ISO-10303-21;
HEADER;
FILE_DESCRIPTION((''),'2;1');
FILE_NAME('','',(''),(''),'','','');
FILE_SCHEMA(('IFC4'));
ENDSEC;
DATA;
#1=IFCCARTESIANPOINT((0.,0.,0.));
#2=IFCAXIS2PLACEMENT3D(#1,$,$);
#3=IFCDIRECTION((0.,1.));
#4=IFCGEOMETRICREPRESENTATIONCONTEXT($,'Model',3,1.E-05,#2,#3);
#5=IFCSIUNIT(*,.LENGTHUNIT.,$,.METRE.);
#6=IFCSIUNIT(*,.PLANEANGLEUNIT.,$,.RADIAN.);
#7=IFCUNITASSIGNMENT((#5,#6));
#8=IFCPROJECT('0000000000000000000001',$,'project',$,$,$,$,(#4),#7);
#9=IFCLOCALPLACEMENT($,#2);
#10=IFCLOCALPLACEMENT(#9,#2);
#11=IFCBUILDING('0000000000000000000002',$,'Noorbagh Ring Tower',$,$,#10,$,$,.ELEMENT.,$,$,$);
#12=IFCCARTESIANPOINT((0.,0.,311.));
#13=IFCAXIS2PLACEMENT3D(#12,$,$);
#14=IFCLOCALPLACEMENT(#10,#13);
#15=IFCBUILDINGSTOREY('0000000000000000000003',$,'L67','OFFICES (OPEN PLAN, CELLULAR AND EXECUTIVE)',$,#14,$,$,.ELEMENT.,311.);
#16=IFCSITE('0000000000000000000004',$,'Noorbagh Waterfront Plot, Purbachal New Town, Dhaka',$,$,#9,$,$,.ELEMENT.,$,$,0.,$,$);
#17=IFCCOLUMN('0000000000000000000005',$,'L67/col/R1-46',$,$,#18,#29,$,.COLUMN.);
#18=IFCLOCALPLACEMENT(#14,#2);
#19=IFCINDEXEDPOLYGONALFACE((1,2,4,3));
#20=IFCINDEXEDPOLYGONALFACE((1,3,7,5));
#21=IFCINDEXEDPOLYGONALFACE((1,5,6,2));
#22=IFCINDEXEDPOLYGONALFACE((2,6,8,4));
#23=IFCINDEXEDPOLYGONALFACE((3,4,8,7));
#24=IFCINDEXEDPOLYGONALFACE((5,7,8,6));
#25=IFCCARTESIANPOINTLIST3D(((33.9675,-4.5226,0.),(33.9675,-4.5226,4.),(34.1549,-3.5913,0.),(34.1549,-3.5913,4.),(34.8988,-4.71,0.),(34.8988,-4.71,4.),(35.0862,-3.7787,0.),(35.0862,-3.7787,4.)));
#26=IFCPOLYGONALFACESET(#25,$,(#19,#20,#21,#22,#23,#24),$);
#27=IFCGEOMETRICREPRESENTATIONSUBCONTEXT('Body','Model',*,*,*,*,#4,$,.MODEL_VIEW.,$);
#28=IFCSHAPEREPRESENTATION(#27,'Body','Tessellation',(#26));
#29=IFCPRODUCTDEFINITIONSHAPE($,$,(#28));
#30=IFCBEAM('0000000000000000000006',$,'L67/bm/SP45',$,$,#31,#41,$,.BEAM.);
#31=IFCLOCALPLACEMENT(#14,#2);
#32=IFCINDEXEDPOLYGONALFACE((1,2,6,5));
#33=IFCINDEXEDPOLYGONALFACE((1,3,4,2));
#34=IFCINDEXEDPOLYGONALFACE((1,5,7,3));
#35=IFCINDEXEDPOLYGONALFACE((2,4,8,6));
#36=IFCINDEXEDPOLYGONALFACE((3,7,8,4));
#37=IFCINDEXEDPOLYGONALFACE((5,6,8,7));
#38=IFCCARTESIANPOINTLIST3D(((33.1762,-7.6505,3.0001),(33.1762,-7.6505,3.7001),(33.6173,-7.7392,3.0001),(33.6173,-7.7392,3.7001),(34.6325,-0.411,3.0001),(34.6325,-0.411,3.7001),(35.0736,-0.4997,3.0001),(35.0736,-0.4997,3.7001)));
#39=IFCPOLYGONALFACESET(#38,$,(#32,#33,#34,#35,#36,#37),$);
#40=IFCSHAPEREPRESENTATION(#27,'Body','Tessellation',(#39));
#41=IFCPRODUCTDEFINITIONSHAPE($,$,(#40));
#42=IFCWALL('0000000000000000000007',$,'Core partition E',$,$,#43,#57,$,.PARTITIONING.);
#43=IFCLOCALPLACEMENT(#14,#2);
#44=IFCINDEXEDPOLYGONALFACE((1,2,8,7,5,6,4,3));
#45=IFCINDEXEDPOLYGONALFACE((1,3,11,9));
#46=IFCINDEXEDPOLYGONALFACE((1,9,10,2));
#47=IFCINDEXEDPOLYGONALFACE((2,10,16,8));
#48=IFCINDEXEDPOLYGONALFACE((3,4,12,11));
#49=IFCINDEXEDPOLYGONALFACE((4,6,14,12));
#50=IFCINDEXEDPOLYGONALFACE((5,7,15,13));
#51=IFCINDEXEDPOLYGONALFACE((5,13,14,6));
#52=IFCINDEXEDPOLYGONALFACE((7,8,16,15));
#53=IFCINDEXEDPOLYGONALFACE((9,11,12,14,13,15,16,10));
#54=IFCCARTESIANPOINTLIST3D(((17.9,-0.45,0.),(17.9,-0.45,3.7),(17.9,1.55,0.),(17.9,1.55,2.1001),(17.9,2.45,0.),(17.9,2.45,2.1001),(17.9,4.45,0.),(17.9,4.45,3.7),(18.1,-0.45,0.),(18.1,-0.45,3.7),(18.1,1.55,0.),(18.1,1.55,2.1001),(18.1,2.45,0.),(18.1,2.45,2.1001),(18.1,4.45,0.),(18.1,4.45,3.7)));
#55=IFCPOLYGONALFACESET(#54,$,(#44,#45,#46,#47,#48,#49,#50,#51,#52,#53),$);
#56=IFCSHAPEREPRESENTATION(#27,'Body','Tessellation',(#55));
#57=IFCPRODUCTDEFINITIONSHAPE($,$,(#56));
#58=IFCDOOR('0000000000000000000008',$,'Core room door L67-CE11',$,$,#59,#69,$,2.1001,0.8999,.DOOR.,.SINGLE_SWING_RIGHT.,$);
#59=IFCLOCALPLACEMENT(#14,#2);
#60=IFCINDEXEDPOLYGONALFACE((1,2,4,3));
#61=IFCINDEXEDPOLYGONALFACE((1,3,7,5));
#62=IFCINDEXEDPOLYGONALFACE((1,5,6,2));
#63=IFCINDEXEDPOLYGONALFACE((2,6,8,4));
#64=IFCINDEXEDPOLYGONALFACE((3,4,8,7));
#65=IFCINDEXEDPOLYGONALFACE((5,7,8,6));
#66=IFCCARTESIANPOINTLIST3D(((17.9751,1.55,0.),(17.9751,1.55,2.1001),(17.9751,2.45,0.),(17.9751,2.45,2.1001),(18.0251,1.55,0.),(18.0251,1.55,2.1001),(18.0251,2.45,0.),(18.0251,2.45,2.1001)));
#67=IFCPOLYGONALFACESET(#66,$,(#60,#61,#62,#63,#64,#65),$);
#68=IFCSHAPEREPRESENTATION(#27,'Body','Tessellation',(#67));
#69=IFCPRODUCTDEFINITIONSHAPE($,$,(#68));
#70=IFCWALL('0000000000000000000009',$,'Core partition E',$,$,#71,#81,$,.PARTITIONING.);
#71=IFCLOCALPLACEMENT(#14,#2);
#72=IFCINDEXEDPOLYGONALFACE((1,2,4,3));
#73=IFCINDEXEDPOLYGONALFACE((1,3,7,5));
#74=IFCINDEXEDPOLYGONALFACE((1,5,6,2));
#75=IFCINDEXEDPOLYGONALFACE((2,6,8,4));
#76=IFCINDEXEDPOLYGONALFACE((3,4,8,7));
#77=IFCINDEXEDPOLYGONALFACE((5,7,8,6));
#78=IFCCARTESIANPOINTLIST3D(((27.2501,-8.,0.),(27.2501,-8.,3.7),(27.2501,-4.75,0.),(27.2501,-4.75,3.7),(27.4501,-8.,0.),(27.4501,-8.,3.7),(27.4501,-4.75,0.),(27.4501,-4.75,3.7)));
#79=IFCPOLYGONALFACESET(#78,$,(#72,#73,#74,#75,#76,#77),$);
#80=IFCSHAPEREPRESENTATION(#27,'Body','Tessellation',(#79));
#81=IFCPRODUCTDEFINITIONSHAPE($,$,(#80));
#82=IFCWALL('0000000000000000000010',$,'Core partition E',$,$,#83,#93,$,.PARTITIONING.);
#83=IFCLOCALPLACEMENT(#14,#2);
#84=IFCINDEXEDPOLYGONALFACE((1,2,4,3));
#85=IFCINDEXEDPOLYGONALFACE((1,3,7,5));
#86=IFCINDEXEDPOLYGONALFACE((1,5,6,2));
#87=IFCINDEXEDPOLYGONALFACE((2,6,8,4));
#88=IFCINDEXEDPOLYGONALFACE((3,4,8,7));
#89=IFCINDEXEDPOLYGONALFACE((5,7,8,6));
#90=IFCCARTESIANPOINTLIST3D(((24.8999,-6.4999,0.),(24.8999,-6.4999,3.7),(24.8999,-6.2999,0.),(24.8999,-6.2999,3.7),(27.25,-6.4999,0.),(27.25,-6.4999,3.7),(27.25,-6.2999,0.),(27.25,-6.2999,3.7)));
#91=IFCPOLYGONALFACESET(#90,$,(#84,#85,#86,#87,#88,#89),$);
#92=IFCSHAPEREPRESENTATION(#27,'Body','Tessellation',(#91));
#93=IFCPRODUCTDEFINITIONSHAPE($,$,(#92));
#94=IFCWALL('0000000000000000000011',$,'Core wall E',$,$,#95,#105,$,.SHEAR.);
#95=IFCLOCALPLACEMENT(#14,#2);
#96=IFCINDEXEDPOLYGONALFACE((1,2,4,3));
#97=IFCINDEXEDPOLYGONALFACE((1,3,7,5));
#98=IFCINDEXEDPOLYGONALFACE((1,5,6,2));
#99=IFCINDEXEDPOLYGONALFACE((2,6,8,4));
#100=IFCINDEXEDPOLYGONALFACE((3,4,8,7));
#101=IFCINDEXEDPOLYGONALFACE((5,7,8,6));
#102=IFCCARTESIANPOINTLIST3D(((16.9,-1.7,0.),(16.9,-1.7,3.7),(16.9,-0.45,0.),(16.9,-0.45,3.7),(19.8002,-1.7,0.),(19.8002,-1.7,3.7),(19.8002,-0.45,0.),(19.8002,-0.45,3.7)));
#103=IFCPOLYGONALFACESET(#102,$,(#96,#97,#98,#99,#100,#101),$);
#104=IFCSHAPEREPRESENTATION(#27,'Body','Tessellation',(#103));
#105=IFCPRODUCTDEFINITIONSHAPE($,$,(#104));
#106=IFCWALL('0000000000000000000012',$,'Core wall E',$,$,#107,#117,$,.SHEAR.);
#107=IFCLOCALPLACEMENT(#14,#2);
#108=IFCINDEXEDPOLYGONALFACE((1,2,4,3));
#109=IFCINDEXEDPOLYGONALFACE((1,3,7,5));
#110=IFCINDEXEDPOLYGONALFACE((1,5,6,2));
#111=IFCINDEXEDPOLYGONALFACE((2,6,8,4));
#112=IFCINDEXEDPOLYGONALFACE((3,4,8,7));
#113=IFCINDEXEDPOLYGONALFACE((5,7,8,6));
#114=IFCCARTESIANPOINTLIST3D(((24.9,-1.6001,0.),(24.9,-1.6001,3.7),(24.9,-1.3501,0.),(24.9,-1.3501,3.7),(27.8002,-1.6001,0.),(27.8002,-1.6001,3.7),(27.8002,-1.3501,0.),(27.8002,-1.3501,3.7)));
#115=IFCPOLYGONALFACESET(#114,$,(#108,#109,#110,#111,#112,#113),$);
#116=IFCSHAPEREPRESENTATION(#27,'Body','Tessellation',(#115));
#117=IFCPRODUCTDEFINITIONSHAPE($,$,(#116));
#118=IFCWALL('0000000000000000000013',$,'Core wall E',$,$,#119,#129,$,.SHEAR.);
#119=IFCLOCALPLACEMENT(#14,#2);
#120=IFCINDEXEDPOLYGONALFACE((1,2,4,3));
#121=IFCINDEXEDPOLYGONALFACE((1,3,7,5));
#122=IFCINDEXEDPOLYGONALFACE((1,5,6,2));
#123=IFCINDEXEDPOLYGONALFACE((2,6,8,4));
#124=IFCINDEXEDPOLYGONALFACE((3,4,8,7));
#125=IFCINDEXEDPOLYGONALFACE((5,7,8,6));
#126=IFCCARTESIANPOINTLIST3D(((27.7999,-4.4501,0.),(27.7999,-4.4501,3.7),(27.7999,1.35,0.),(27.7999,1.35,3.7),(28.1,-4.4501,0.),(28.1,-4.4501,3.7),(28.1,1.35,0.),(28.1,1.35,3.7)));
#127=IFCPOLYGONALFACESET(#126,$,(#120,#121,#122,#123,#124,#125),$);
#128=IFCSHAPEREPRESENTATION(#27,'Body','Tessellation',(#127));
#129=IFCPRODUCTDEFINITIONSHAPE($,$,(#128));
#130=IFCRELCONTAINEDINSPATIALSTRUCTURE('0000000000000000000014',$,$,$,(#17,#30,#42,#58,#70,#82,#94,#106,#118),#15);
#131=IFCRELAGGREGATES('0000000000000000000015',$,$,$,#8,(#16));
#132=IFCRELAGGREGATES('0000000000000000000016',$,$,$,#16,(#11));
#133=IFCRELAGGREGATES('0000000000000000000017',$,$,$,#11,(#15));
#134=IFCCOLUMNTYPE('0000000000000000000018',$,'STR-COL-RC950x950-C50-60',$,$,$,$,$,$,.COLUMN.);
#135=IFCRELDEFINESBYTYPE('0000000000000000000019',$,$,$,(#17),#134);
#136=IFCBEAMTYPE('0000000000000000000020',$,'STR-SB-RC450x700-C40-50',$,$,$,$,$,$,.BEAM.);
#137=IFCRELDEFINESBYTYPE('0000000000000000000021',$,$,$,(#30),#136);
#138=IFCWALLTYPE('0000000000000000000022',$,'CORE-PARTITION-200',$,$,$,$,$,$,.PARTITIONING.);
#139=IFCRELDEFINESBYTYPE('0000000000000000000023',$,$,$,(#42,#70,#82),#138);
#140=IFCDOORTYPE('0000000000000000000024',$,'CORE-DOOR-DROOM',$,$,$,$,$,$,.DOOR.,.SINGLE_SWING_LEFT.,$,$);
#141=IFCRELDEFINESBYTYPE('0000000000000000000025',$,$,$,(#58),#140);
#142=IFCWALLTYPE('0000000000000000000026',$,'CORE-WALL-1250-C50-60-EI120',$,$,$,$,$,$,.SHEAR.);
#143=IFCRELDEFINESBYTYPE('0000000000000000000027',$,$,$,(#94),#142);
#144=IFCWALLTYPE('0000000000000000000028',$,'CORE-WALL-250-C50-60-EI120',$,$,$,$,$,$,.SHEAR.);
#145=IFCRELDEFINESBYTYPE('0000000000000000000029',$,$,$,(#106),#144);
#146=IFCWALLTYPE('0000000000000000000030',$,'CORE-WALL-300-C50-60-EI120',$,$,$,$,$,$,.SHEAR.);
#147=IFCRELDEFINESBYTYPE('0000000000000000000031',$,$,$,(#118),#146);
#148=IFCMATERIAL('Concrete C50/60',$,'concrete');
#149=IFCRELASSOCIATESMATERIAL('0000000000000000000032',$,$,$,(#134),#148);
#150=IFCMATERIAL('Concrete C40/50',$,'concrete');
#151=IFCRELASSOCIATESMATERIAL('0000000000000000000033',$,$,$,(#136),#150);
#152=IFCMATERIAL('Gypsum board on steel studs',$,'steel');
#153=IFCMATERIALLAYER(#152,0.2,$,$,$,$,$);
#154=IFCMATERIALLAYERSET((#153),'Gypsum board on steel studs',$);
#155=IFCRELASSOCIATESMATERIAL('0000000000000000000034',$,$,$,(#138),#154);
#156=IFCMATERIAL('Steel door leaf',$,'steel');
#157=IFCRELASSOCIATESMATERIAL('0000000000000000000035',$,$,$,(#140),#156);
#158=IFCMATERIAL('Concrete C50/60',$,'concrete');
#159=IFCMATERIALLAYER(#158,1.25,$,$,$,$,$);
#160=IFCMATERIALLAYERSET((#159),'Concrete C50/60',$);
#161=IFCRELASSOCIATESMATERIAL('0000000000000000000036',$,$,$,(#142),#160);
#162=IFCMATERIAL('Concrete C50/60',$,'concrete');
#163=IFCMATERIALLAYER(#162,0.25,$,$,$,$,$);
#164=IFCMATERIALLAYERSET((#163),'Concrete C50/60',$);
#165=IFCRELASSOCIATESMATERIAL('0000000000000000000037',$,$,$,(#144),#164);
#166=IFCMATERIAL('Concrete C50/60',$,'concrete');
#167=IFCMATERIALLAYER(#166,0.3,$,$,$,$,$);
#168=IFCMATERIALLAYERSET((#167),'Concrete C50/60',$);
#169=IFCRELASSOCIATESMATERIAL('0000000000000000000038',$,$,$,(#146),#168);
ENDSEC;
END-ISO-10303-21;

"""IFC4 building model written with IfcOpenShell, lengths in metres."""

from ifc_helpers import new_model, si_unit, direction, frame, frame_2d, origin, origin_2d, place, context, subcontext, project, spatial, rectangle, extrude, material, layer, layer_set, material_profile, profile_set, type_object, element, fill, save


model = new_model("IFC4")

# Units and contexts
model_context = context("Model", 3, precision=1e-05, world=origin(), true_north=direction((0.0, 1.0)))
body_context = subcontext(model_context, "Body", "Model", "MODEL_VIEW")
ifc_project = project(units=[si_unit("LENGTHUNIT", "METRE"), si_unit("PLANEANGLEUNIT", "RADIAN")], contexts=[model_context])

# Site, building, storey
site_placement = place(None, origin())
site = spatial("IfcSite", under=ifc_project, at=site_placement, Name="Noorbagh Waterfront Plot, Purbachal New Town, Dhaka", CompositionType="ELEMENT", RefElevation=0.0)
building_placement = place(site_placement, origin())
building = spatial("IfcBuilding", under=site, at=building_placement, Name="Noorbagh Ring Tower", CompositionType="ELEMENT")
storey_placement = place(building_placement, frame((0.0, 0.0, 311.0)))
storey = spatial("IfcBuildingStorey", under=building, at=storey_placement, Name="L67", Description="OFFICES (OPEN PLAN, CELLULAR AND EXECUTIVE)", CompositionType="ELEMENT", Elevation=311.0)

# Column
ifc_material_1 = material(Name="Concrete C50/60", Category="concrete")
ifc_material_profile_1 = material_profile(ifc_material_1, rectangle(XDim=0.95, YDim=0.95, at=origin_2d()), Name="RC950x950")
ifc_profile_set_1 = profile_set([ifc_material_profile_1], Name="Concrete C50/60")
column_type = type_object("IfcColumnType", Name="STR-COL-RC950x950-C50-60", PredefinedType="COLUMN", material=ifc_profile_set_1)
column_placement = place(storey_placement, frame((34.5269, -4.1506, 0.0), z_axis=(0.0, 0.0, 1.0), x_axis=(0.19723, 0.980357, 0.0)))
element("IfcColumn", 1, at=column_placement, inside=storey, type_object=column_type, Name="L67/col/R1-46", PredefinedType="COLUMN", context=body_context, shape_type="SweptSolid", body=[
    extrude(rectangle(XDim=0.95, YDim=0.95, at=origin_2d()), origin(), (0.0, 0.0, 1.0), 4.0),
])

# Beam
ifc_material_2 = material(Name="Concrete C40/50", Category="concrete")
ifc_material_profile_2 = material_profile(ifc_material_2, rectangle(XDim=0.45, YDim=0.7, at=origin_2d()), Name="RC450x700")
ifc_profile_set_2 = profile_set([ifc_material_profile_2], Name="Concrete C40/50")
beam_type = type_object("IfcBeamType", Name="STR-SB-RC450x700-C40-50", PredefinedType="BEAM", material=ifc_profile_set_2)
beam_placement = place(storey_placement, frame((33.3967, -7.6948, 3.3501), z_axis=(0.19721, 0.980361, 0.0), x_axis=(-0.980361, 0.19721, 0.0)))
element("IfcBeam", 2, at=beam_placement, inside=storey, type_object=beam_type, Name="L67/bm/SP45", PredefinedType="BEAM", context=body_context, shape_type="SweptSolid", body=[
    extrude(rectangle(XDim=0.45, YDim=0.7, at=origin_2d()), origin(), (0.0, 0.0, 1.0), 7.3845),
])

# Wall, opening, door
ifc_material_3 = material(Name="Gypsum board on steel studs", Category="steel")
ifc_layer_1 = layer(ifc_material_3, 0.2)
ifc_layer_set_1 = layer_set([ifc_layer_1], Name="Gypsum board on steel studs")
wall_type_1 = type_object("IfcWallType", Name="CORE-PARTITION-200", PredefinedType="PARTITIONING", material=ifc_layer_set_1)
wall_1_placement = place(storey_placement, frame((18.0, -0.45, 0.0), z_axis=(0.0, 0.0, 1.0), x_axis=(0.0, 1.0, 0.0)))
wall_1 = element("IfcWall", 3, at=wall_1_placement, inside=storey, type_object=wall_type_1, Name="Core partition E", PredefinedType="PARTITIONING", context=body_context, shape_type="SweptSolid", body=[
    extrude(rectangle(XDim=4.8999, YDim=0.2, at=frame_2d((2.45, 0.0))), origin(), (0.0, 0.0, 1.0), 3.7),
])
opening_1_placement = place(wall_1_placement, frame((2.0, 0.0, 0.0)))
opening_1 = element("IfcOpeningElement", 4, at=opening_1_placement, cuts=wall_1, PredefinedType="OPENING", context=body_context, shape_type="SweptSolid", body=[
    extrude(rectangle(XDim=0.8999, YDim=2.1001, at=frame_2d((0.45, 1.05))), frame((0.0, 0.1099, 0.0), z_axis=(0.0, -1.0, 0.0), x_axis=(1.0, 0.0, 0.0)), (0.0, 0.0, 1.0), 0.22),
])
ifc_material_4 = material(Name="Steel door leaf", Category="steel")
door_type_1 = type_object("IfcDoorType", Name="CORE-DOOR-DROOM", OperationType="SINGLE_SWING_LEFT", PredefinedType="DOOR", material=ifc_material_4)
door_1_placement = place(opening_1_placement, origin())
door_1 = element("IfcDoor", 5, at=door_1_placement, inside=storey, type_object=door_type_1, Name="Core room door L67-CE11", OperationType="SINGLE_SWING_RIGHT", OverallHeight=2.1001, OverallWidth=0.8999, PredefinedType="DOOR", context=body_context, shape_type="SweptSolid", body=[
    extrude(rectangle(XDim=0.8999, YDim=2.1001, at=frame_2d((0.45, 1.05))), frame((0.0, 0.0249, 0.0), z_axis=(0.0, -1.0, 0.0), x_axis=(1.0, 0.0, 0.0)), (0.0, 0.0, 1.0), 0.05),
])
fill(opening_1, door_1)

# Walls
wall_2_placement = place(storey_placement, frame((27.3501, -8.0, 0.0), z_axis=(0.0, 0.0, 1.0), x_axis=(0.0, 1.0, 0.0)))
element("IfcWall", 6, at=wall_2_placement, inside=storey, type_object=wall_type_1, Name="Core partition E", PredefinedType="PARTITIONING", context=body_context, shape_type="SweptSolid", body=[
    extrude(rectangle(XDim=3.25, YDim=0.2, at=frame_2d((1.625, 0.0))), origin(), (0.0, 0.0, 1.0), 3.7),
])
wall_3_placement = place(storey_placement, frame((24.8999, -6.3999, 0.0), z_axis=(0.0, 0.0, 1.0), x_axis=(1.0, 0.0, 0.0)))
element("IfcWall", 7, at=wall_3_placement, inside=storey, type_object=wall_type_1, Name="Core partition E", PredefinedType="PARTITIONING", context=body_context, shape_type="SweptSolid", body=[
    extrude(rectangle(XDim=2.3501, YDim=0.2, at=frame_2d((1.175, 0.0))), origin(), (0.0, 0.0, 1.0), 3.7),
])
ifc_material_5 = material(Name="Concrete C50/60", Category="concrete")
ifc_layer_2 = layer(ifc_material_5, 1.25)
ifc_layer_set_2 = layer_set([ifc_layer_2], Name="Concrete C50/60")
wall_type_2 = type_object("IfcWallType", Name="CORE-WALL-1250-C50-60-EI120", PredefinedType="SHEAR", material=ifc_layer_set_2)
wall_4_placement = place(storey_placement, frame((16.8999, -1.075, 0.0), z_axis=(0.0, 0.0, 1.0), x_axis=(1.0, 0.0, 0.0)))
element("IfcWall", 8, at=wall_4_placement, inside=storey, type_object=wall_type_2, Name="Core wall E", PredefinedType="SHEAR", context=body_context, shape_type="SweptSolid", body=[
    extrude(rectangle(XDim=2.9001, YDim=1.25, at=frame_2d((1.4502, 0.0))), origin(), (0.0, 0.0, 1.0), 3.7),
])
ifc_material_6 = material(Name="Concrete C50/60", Category="concrete")
ifc_layer_3 = layer(ifc_material_6, 0.25)
ifc_layer_set_3 = layer_set([ifc_layer_3], Name="Concrete C50/60")
wall_type_3 = type_object("IfcWallType", Name="CORE-WALL-250-C50-60-EI120", PredefinedType="SHEAR", material=ifc_layer_set_3)
wall_5_placement = place(storey_placement, frame((24.8999, -1.4751, 0.0), z_axis=(0.0, 0.0, 1.0), x_axis=(1.0, 0.0, 0.0)))
element("IfcWall", 9, at=wall_5_placement, inside=storey, type_object=wall_type_3, Name="Core wall E", PredefinedType="SHEAR", context=body_context, shape_type="SweptSolid", body=[
    extrude(rectangle(XDim=2.9001, YDim=0.25, at=frame_2d((1.4502, 0.0))), origin(), (0.0, 0.0, 1.0), 3.7),
])
ifc_material_7 = material(Name="Concrete C50/60", Category="concrete")
ifc_layer_4 = layer(ifc_material_7, 0.3)
ifc_layer_set_4 = layer_set([ifc_layer_4], Name="Concrete C50/60")
wall_type_4 = type_object("IfcWallType", Name="CORE-WALL-300-C50-60-EI120", PredefinedType="SHEAR", material=ifc_layer_set_4)
wall_6_placement = place(storey_placement, frame((27.95, -4.45, 0.0), z_axis=(0.0, 0.0, 1.0), x_axis=(0.0, 1.0, 0.0)))
element("IfcWall", 10, at=wall_6_placement, inside=storey, type_object=wall_type_4, Name="Core wall E", PredefinedType="SHEAR", context=body_context, shape_type="SweptSolid", body=[
    extrude(rectangle(XDim=5.8, YDim=0.3, at=frame_2d((2.8999, 0.0))), origin(), (0.0, 0.0, 1.0), 3.7),
])

save(model, "model.ifc")
